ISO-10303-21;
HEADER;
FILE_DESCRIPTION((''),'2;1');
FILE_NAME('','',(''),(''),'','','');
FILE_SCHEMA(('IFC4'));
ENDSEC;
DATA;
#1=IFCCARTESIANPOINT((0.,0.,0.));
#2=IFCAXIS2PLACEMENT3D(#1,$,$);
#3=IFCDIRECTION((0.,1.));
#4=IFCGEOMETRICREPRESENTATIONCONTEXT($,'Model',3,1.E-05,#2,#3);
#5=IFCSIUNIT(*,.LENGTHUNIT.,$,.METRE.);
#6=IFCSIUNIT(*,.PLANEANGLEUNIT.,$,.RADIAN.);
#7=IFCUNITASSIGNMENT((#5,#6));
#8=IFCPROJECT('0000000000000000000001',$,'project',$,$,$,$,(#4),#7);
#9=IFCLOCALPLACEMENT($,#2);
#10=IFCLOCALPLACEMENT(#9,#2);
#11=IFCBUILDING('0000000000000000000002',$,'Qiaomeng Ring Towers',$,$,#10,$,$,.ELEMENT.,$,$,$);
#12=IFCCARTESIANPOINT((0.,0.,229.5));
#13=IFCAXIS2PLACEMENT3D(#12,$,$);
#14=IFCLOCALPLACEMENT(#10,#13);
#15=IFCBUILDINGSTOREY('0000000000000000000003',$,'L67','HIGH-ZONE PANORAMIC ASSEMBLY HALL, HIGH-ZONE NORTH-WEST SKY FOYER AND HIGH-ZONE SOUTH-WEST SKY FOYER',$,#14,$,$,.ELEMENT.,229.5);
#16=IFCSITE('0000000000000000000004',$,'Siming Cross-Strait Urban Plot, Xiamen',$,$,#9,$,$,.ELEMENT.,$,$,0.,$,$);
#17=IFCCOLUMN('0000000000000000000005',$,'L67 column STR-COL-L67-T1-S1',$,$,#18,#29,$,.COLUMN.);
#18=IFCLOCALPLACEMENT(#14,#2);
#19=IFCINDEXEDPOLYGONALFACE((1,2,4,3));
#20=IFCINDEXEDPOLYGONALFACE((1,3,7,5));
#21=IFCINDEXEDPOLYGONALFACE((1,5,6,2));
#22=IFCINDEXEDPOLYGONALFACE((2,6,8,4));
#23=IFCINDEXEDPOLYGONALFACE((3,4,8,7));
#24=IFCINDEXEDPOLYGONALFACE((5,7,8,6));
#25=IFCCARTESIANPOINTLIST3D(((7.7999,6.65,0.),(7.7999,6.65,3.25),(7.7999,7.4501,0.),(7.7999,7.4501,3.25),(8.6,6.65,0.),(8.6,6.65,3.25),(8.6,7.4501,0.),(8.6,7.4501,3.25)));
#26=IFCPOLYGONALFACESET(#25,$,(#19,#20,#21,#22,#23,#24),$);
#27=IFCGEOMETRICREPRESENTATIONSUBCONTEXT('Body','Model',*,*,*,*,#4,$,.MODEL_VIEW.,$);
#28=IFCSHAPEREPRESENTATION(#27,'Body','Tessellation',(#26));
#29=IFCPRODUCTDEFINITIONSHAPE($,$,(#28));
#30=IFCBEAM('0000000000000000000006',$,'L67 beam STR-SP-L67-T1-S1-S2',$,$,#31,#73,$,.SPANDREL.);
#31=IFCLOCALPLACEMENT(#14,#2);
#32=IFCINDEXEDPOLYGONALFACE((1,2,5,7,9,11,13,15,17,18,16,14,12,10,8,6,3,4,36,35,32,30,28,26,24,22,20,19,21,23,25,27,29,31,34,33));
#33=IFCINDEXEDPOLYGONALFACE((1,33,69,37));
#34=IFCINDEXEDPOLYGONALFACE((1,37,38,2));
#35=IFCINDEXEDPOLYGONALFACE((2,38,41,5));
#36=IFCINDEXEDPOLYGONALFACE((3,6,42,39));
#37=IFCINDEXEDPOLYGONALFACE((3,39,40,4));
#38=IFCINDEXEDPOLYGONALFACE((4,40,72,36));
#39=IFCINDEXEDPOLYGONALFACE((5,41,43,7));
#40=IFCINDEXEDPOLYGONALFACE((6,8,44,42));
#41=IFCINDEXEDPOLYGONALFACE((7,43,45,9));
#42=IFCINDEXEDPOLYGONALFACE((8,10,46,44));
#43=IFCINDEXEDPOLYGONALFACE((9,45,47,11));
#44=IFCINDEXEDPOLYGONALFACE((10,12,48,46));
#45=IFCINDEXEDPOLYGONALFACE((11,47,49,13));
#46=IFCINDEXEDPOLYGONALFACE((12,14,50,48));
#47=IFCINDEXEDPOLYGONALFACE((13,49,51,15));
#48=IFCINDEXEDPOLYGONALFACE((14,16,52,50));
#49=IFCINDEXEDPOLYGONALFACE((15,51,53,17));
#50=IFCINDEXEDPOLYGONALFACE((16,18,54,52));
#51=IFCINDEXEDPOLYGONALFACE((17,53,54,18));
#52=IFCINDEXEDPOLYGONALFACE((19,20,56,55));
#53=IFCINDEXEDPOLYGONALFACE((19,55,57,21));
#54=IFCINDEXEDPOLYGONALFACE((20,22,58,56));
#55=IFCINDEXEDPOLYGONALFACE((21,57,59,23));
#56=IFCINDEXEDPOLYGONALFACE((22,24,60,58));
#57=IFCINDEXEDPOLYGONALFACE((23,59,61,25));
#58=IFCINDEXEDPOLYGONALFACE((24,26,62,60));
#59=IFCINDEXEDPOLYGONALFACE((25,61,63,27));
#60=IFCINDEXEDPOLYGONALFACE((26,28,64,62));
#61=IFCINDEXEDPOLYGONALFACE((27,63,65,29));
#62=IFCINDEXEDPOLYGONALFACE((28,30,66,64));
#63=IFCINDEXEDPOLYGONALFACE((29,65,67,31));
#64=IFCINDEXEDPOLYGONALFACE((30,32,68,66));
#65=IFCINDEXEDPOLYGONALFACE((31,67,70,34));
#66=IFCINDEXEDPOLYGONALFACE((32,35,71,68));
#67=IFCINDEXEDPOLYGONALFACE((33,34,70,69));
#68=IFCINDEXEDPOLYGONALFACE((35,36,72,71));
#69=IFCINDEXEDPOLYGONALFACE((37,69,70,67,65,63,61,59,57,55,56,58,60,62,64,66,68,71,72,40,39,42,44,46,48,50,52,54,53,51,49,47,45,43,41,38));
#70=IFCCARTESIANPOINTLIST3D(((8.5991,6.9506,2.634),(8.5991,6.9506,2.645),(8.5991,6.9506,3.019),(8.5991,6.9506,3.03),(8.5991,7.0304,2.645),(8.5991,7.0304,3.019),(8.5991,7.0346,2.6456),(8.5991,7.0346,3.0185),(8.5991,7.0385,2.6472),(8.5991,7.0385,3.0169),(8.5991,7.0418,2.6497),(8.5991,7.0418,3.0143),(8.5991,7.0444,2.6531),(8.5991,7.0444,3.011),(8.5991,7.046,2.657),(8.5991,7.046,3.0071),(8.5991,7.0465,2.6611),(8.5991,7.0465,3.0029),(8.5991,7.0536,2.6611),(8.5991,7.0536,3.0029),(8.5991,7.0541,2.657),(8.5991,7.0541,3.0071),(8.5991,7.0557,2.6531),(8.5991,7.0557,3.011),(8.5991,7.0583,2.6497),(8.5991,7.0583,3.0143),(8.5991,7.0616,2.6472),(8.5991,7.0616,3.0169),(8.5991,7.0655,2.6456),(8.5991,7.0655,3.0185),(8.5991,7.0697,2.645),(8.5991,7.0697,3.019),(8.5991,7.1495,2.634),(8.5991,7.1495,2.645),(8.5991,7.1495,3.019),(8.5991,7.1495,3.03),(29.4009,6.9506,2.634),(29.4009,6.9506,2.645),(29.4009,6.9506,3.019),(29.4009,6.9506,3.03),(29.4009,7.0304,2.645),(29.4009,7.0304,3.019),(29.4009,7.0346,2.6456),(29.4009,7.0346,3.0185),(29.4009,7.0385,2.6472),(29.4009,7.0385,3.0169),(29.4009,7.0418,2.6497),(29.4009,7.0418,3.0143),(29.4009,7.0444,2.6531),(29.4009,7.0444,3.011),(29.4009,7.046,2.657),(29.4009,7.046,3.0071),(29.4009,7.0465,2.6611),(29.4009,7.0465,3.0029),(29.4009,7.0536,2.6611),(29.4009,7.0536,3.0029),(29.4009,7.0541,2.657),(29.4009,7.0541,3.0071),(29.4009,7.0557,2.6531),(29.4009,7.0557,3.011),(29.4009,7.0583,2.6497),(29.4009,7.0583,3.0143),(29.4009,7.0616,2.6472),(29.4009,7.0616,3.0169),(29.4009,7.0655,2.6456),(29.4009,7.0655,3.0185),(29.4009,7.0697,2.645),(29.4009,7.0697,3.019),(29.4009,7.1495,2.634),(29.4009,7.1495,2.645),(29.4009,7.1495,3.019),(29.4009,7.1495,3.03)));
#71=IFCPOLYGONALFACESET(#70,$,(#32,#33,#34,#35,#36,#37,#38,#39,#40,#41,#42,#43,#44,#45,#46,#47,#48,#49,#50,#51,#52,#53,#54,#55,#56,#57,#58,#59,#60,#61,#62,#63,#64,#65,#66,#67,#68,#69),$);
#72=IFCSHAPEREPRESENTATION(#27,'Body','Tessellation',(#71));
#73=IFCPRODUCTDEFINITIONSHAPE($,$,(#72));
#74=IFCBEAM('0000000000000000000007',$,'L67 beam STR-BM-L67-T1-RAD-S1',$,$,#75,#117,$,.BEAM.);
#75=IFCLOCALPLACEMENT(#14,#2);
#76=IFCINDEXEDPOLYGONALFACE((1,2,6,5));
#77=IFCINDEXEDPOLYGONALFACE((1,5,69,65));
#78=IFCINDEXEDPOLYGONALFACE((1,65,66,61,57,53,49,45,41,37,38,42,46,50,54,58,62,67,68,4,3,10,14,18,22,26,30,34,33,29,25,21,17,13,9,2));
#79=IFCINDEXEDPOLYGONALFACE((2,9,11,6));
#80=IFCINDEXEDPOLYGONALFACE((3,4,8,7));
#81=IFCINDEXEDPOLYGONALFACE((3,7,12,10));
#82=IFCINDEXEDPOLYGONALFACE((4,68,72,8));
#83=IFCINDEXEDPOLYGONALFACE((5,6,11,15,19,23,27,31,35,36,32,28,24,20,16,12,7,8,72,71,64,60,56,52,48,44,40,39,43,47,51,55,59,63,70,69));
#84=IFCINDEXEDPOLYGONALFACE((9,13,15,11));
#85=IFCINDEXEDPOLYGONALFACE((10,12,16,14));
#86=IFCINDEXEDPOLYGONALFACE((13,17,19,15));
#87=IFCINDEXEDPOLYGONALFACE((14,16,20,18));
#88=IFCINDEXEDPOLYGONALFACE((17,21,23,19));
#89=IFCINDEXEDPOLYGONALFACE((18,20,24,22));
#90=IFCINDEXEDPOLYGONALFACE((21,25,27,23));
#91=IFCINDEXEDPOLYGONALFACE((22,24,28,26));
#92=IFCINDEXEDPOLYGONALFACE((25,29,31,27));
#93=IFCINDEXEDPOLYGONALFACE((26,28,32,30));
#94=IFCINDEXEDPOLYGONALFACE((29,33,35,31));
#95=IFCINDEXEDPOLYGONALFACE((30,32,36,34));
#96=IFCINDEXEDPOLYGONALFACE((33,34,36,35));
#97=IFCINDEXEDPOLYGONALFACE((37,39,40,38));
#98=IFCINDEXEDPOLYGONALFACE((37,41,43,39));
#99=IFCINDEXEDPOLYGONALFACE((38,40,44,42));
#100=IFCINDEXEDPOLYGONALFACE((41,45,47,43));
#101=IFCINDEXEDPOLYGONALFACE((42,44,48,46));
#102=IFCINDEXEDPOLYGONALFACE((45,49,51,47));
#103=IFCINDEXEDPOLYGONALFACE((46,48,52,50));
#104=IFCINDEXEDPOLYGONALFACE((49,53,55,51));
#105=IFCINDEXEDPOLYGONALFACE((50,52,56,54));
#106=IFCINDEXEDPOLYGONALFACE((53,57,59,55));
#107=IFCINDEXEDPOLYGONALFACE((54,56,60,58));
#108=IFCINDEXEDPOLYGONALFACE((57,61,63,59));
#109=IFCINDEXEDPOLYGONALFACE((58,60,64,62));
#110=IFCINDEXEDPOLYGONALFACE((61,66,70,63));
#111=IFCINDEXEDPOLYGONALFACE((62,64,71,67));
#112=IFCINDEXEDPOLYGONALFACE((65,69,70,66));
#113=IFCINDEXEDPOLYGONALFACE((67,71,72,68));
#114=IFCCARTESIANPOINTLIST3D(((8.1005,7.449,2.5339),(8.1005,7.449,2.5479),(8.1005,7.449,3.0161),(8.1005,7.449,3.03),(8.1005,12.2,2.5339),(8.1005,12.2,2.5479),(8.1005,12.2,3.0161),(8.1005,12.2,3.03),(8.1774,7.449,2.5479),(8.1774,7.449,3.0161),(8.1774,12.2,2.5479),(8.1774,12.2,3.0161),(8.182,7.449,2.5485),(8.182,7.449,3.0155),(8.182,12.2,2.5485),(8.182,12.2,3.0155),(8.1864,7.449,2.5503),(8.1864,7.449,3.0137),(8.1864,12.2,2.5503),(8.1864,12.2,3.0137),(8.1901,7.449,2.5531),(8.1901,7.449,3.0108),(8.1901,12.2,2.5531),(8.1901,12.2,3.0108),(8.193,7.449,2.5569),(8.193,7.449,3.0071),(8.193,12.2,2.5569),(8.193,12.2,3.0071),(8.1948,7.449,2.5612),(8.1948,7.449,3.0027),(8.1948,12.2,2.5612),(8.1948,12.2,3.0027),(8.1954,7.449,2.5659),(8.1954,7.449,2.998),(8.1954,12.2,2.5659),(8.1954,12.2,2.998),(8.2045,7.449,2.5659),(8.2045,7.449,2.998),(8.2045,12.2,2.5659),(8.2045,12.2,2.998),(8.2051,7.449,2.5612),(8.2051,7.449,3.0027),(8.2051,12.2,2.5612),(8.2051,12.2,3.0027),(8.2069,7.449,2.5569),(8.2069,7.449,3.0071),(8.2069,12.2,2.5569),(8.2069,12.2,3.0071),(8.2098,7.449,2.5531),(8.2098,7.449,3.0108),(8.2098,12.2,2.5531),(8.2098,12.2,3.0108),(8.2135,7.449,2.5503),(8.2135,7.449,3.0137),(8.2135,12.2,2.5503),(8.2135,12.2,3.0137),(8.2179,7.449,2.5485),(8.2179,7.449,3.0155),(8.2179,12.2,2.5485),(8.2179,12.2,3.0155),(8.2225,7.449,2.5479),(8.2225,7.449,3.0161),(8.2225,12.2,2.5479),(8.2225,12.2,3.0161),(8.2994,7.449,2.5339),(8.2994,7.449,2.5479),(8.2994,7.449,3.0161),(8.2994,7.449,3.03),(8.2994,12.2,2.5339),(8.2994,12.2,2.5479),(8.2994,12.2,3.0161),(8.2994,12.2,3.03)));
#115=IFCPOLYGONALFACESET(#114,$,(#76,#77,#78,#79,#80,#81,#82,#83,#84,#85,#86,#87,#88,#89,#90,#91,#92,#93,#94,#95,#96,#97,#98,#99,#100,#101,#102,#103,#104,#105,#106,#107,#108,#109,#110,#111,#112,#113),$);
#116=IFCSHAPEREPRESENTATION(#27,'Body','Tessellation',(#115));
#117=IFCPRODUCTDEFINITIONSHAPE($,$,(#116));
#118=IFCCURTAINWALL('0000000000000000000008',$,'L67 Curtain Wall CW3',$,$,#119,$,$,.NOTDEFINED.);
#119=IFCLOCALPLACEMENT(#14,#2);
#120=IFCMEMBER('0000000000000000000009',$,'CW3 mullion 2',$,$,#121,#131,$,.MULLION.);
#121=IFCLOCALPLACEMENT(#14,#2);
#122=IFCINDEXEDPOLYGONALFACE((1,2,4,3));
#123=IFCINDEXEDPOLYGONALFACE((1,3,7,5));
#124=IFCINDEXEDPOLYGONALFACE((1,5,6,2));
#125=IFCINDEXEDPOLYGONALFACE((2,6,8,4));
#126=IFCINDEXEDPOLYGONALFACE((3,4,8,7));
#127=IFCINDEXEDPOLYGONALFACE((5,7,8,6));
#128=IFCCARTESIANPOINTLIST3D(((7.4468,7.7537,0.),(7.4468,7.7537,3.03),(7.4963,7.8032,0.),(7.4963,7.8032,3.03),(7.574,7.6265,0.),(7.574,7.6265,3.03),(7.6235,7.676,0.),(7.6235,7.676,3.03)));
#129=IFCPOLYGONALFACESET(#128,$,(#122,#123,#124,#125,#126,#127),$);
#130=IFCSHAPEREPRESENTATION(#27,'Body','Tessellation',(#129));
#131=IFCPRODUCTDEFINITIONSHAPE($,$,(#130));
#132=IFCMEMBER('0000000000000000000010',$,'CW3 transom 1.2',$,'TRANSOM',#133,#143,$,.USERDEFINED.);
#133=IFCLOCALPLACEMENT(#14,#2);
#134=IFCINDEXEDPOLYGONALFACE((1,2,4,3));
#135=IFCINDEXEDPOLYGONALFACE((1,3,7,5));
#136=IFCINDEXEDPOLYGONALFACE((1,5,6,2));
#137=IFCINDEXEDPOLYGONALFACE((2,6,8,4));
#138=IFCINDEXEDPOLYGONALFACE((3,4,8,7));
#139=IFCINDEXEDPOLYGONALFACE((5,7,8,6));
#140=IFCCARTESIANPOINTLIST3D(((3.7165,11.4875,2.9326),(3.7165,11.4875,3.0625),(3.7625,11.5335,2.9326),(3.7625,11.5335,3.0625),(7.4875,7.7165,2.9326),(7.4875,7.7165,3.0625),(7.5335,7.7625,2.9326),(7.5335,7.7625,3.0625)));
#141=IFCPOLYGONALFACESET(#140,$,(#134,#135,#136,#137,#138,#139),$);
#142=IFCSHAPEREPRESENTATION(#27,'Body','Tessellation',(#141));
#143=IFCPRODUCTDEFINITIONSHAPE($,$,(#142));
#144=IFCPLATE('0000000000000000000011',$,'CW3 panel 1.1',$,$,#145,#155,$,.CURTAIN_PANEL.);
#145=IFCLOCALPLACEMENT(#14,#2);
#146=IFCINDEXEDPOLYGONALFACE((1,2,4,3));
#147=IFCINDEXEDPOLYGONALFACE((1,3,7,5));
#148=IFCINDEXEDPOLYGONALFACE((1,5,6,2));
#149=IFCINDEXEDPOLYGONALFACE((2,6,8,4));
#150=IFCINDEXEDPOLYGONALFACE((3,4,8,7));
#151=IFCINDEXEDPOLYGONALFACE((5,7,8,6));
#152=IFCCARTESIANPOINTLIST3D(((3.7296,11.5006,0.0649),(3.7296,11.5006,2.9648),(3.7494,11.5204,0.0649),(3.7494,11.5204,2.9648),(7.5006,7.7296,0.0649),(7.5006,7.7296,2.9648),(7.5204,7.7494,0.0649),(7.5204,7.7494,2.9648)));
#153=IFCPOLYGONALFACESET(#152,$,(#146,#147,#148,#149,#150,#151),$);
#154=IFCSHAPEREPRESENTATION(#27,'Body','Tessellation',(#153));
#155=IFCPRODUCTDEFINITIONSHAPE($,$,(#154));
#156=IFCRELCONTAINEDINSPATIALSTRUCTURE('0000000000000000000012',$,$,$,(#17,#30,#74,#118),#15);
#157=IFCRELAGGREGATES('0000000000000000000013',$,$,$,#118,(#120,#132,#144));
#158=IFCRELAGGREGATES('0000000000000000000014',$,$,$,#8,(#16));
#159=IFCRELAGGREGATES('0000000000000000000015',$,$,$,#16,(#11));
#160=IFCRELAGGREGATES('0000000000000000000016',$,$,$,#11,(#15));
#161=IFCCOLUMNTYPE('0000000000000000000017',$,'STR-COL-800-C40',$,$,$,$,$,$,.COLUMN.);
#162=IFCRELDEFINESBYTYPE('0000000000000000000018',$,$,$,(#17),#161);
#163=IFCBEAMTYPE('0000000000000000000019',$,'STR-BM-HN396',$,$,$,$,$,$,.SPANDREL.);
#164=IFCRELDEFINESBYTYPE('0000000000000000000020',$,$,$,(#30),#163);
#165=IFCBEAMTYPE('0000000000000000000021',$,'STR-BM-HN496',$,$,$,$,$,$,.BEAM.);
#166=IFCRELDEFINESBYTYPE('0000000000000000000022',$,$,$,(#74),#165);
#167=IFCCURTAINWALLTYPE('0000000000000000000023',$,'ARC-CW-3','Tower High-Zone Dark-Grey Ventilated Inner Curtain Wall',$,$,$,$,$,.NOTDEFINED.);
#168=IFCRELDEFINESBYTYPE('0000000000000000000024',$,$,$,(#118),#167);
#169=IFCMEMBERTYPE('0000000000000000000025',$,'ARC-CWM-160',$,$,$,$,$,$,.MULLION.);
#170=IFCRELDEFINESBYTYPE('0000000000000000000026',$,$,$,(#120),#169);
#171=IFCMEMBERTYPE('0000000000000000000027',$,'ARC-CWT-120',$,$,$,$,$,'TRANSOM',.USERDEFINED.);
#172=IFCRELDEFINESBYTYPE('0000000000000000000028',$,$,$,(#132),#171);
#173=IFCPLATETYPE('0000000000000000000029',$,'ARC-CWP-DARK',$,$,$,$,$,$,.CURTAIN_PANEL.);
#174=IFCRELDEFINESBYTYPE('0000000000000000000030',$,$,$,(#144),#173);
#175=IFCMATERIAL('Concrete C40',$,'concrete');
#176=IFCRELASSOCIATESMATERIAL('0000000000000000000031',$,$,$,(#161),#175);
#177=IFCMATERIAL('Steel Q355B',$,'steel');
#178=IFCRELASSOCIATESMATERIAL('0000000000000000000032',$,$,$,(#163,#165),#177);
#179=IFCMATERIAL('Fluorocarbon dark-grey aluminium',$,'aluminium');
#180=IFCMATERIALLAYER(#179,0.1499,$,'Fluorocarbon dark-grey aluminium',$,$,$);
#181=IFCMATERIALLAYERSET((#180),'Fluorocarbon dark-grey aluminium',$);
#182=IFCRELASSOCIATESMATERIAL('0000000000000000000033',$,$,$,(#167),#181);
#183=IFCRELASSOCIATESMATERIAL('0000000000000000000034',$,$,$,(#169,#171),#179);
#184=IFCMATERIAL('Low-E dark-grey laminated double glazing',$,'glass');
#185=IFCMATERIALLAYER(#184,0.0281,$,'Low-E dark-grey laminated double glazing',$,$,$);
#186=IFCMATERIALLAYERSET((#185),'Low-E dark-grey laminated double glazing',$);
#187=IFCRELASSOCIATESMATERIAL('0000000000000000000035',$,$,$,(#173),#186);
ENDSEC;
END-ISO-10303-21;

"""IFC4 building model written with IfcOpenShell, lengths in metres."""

from ifc_helpers import new_model, si_unit, direction, frame, origin, origin_2d, place, context, subcontext, project, spatial, rectangle, i_section, extrude, source, transform, mapped, material, layer, layer_set, material_profile, profile_set, type_object, element, aggregate, save


model = new_model("IFC4")

# Units and contexts
model_context = context("Model", 3, precision=1e-05, world=origin(), true_north=direction((0.0, 1.0)))
body_context = subcontext(model_context, "Body", "Model", "MODEL_VIEW")
ifc_project = project(units=[si_unit("LENGTHUNIT", "METRE"), si_unit("PLANEANGLEUNIT", "RADIAN")], contexts=[model_context])

# Site, building, storey
site_placement = place(None, origin())
site = spatial("IfcSite", under=ifc_project, at=site_placement, Name="Siming Cross-Strait Urban Plot, Xiamen", CompositionType="ELEMENT", RefElevation=0.0)
building_placement = place(site_placement, origin())
building = spatial("IfcBuilding", under=site, at=building_placement, Name="Qiaomeng Ring Towers", CompositionType="ELEMENT")
storey_placement = place(building_placement, frame((0.0, 0.0, 229.5)))
storey = spatial("IfcBuildingStorey", under=building, at=storey_placement, Name="L67", Description="HIGH-ZONE PANORAMIC ASSEMBLY HALL, HIGH-ZONE NORTH-WEST SKY FOYER AND HIGH-ZONE SOUTH-WEST SKY FOYER", CompositionType="ELEMENT", Elevation=229.5)

# Column
ifc_material_1 = material(Name="Concrete C40", Category="concrete")
ifc_material_profile_1 = material_profile(ifc_material_1, rectangle(XDim=0.8, YDim=0.8, at=origin_2d()), Name="RC COL 800x800")
ifc_profile_set_1 = profile_set([ifc_material_profile_1], Name="Concrete C40")
column_type = type_object("IfcColumnType", Name="STR-COL-800-C40", PredefinedType="COLUMN", material=ifc_profile_set_1)
shared_shape_1 = source(origin(), body_context, "Body", "SweptSolid", [
    extrude(rectangle(XDim=0.8, YDim=0.8, at=origin_2d()), origin(), (0.0, 0.0, 1.0), 3.25),
])
column_placement = place(storey_placement, frame((8.2, 7.05, 0.0), z_axis=(0.0, 0.0, 1.0), x_axis=(1.0, 0.0, 0.0)))
element("IfcColumn", 1, at=column_placement, inside=storey, type_object=column_type, Name="L67 column STR-COL-L67-T1-S1", PredefinedType="COLUMN", context=body_context, shape_type="MappedRepresentation", body=[
    mapped(shared_shape_1, transform((0.0, 0.0, 0.0), x_axis=(1.0, 0.0, 0.0), y_axis=(0.0, 1.0, 0.0), z_axis=(0.0, 0.0, 1.0), scale=1.0)),
])

# Beams
ifc_material_2 = material(Name="Steel Q355B", Category="steel")
ifc_material_profile_2 = material_profile(ifc_material_2, i_section(OverallWidth=0.199, OverallDepth=0.396, WebThickness=0.0071, FlangeThickness=0.011, FilletRadius=0.0161, at=origin_2d()), Name="HN 396x199x7x11")
ifc_profile_set_2 = profile_set([ifc_material_profile_2], Name="Steel Q355B")
beam_type_1 = type_object("IfcBeamType", Name="STR-BM-HN396", PredefinedType="SPANDREL", material=ifc_profile_set_2)
shared_shape_2 = source(origin(), body_context, "Body", "SweptSolid", [
    extrude(i_section(OverallWidth=0.199, OverallDepth=0.396, WebThickness=0.0071, FlangeThickness=0.011, FilletRadius=0.0161, at=origin_2d()), origin(), (0.0, 0.0, 1.0), 20.8018),
])
beam_1_placement = place(storey_placement, frame((8.5991, 7.05, 2.832), z_axis=(1.0, 0.0, 0.0), x_axis=(0.0, 1.0, 0.0)))
element("IfcBeam", 2, at=beam_1_placement, inside=storey, type_object=beam_type_1, Name="L67 beam STR-SP-L67-T1-S1-S2", PredefinedType="SPANDREL", context=body_context, shape_type="MappedRepresentation", body=[
    mapped(shared_shape_2, transform((0.0, 0.0, 0.0), x_axis=(1.0, 0.0, 0.0), y_axis=(0.0, 1.0, 0.0), z_axis=(0.0, 0.0, 1.0), scale=1.0)),
])
ifc_material_profile_3 = material_profile(ifc_material_2, i_section(OverallWidth=0.199, OverallDepth=0.4961, WebThickness=0.009, FlangeThickness=0.0139, FilletRadius=0.0181, at=origin_2d()), Name="HN 496x199x9x14")
ifc_profile_set_3 = profile_set([ifc_material_profile_3], Name="Steel Q355B")
beam_type_2 = type_object("IfcBeamType", Name="STR-BM-HN496", PredefinedType="BEAM", material=ifc_profile_set_3)
shared_shape_3 = source(origin(), body_context, "Body", "SweptSolid", [
    extrude(i_section(OverallWidth=0.199, OverallDepth=0.4961, WebThickness=0.009, FlangeThickness=0.0139, FilletRadius=0.0181, at=origin_2d()), origin(), (0.0, 0.0, 1.0), 4.751),
])
beam_2_placement = place(storey_placement, frame((8.2, 7.449, 2.782), z_axis=(0.0, 1.0, 0.0), x_axis=(-1.0, 0.0, 0.0)))
element("IfcBeam", 3, at=beam_2_placement, inside=storey, type_object=beam_type_2, Name="L67 beam STR-BM-L67-T1-RAD-S1", PredefinedType="BEAM", context=body_context, shape_type="MappedRepresentation", body=[
    mapped(shared_shape_3, transform((0.0, 0.0, 0.0), x_axis=(1.0, 0.0, 0.0), y_axis=(0.0, 1.0, 0.0), z_axis=(0.0, 0.0, 1.0), scale=1.0)),
])

# Curtain wall, members, plate
ifc_material_3 = material(Name="Fluorocarbon dark-grey aluminium", Category="aluminium")
ifc_layer_1 = layer(ifc_material_3, 0.1499, Name="Fluorocarbon dark-grey aluminium")
ifc_layer_set_1 = layer_set([ifc_layer_1], Name="Fluorocarbon dark-grey aluminium")
curtain_wall_type = type_object("IfcCurtainWallType", Name="ARC-CW-3", Description="Tower High-Zone Dark-Grey Ventilated Inner Curtain Wall", PredefinedType="NOTDEFINED", material=ifc_layer_set_1)
curtain_wall_placement = place(storey_placement, origin())
curtain_wall = element("IfcCurtainWall", 4, at=curtain_wall_placement, inside=storey, type_object=curtain_wall_type, Name="L67 Curtain Wall CW3", PredefinedType="NOTDEFINED")
ifc_material_profile_4 = material_profile(ifc_material_3, rectangle(XDim=0.0701, YDim=0.1799, at=origin_2d()), Name="ALU MULL 70x180")
ifc_profile_set_4 = profile_set([ifc_material_profile_4], Name="Fluorocarbon dark-grey aluminium")
member_type_1 = type_object("IfcMemberType", Name="ARC-CWM-160", PredefinedType="MULLION", material=ifc_profile_set_4)
shared_shape_4 = source(origin(), body_context, "Body", "SweptSolid", [
    extrude(rectangle(XDim=0.0701, YDim=0.1799, at=origin_2d()), origin(), (0.0, 0.0, 1.0), 3.03),
])
member_1_placement = place(storey_placement, frame((7.5352, 7.7148, 0.0), z_axis=(0.0, 0.0, 1.0), x_axis=(0.707107, 0.707107, 0.0)))
member_1 = element("IfcMember", 5, at=member_1_placement, type_object=member_type_1, Name="CW3 mullion 2", PredefinedType="MULLION", context=body_context, shape_type="MappedRepresentation", body=[
    mapped(shared_shape_4, transform((0.0, 0.0, 0.0), x_axis=(1.0, 0.0, 0.0), y_axis=(0.0, 1.0, 0.0), z_axis=(0.0, 0.0, 1.0), scale=1.0)),
])
ifc_material_profile_5 = material_profile(ifc_material_3, rectangle(XDim=0.0649, YDim=0.1299, at=origin_2d()), Name="ALU TRAN 65x130")
ifc_profile_set_5 = profile_set([ifc_material_profile_5], Name="Fluorocarbon dark-grey aluminium")
member_type_2 = type_object("IfcMemberType", Name="ARC-CWT-120", ElementType="TRANSOM", PredefinedType="USERDEFINED", material=ifc_profile_set_5)
shared_shape_5 = source(origin(), body_context, "Body", "SweptSolid", [
    extrude(rectangle(XDim=0.0649, YDim=0.1299, at=origin_2d()), origin(), (0.0, 0.0, 1.0), 5.333),
])
member_2_placement = place(storey_placement, frame((3.7395, 11.5105, 2.9976), z_axis=(0.707107, -0.707107, 0.0), x_axis=(0.707107, 0.707107, 0.0)))
member_2 = element("IfcMember", 6, at=member_2_placement, type_object=member_type_2, Name="CW3 transom 1.2", ObjectType="TRANSOM", PredefinedType="USERDEFINED", context=body_context, shape_type="MappedRepresentation", body=[
    mapped(shared_shape_5, transform((0.0, 0.0, 0.0), x_axis=(1.0, 0.0, 0.0), y_axis=(0.0, 1.0, 0.0), z_axis=(0.0, 0.0, 1.0), scale=1.0)),
])
ifc_material_4 = material(Name="Low-E dark-grey laminated double glazing", Category="glass")
ifc_layer_2 = layer(ifc_material_4, 0.0281, Name="Low-E dark-grey laminated double glazing")
ifc_layer_set_2 = layer_set([ifc_layer_2], Name="Low-E dark-grey laminated double glazing")
plate_type = type_object("IfcPlateType", Name="ARC-CWP-DARK", PredefinedType="CURTAIN_PANEL", material=ifc_layer_set_2)
shared_shape_6 = source(origin(), body_context, "Body", "SweptSolid", [
    extrude(rectangle(XDim=5.333, YDim=0.0281, at=origin_2d()), origin(), (0.0, 0.0, 1.0), 2.8999),
])
plate_placement = place(storey_placement, frame((5.625, 9.625, 0.0649), z_axis=(0.0, 0.0, 1.0), x_axis=(0.707107, -0.707107, 0.0)))
plate = element("IfcPlate", 7, at=plate_placement, type_object=plate_type, Name="CW3 panel 1.1", PredefinedType="CURTAIN_PANEL", context=body_context, shape_type="MappedRepresentation", body=[
    mapped(shared_shape_6, transform((0.0, 0.0, 0.0), x_axis=(1.0, 0.0, 0.0), y_axis=(0.0, 1.0, 0.0), z_axis=(0.0, 0.0, 1.0), scale=1.0)),
])
aggregate(curtain_wall, [member_1, member_2, plate])

save(model, "model.ifc")
